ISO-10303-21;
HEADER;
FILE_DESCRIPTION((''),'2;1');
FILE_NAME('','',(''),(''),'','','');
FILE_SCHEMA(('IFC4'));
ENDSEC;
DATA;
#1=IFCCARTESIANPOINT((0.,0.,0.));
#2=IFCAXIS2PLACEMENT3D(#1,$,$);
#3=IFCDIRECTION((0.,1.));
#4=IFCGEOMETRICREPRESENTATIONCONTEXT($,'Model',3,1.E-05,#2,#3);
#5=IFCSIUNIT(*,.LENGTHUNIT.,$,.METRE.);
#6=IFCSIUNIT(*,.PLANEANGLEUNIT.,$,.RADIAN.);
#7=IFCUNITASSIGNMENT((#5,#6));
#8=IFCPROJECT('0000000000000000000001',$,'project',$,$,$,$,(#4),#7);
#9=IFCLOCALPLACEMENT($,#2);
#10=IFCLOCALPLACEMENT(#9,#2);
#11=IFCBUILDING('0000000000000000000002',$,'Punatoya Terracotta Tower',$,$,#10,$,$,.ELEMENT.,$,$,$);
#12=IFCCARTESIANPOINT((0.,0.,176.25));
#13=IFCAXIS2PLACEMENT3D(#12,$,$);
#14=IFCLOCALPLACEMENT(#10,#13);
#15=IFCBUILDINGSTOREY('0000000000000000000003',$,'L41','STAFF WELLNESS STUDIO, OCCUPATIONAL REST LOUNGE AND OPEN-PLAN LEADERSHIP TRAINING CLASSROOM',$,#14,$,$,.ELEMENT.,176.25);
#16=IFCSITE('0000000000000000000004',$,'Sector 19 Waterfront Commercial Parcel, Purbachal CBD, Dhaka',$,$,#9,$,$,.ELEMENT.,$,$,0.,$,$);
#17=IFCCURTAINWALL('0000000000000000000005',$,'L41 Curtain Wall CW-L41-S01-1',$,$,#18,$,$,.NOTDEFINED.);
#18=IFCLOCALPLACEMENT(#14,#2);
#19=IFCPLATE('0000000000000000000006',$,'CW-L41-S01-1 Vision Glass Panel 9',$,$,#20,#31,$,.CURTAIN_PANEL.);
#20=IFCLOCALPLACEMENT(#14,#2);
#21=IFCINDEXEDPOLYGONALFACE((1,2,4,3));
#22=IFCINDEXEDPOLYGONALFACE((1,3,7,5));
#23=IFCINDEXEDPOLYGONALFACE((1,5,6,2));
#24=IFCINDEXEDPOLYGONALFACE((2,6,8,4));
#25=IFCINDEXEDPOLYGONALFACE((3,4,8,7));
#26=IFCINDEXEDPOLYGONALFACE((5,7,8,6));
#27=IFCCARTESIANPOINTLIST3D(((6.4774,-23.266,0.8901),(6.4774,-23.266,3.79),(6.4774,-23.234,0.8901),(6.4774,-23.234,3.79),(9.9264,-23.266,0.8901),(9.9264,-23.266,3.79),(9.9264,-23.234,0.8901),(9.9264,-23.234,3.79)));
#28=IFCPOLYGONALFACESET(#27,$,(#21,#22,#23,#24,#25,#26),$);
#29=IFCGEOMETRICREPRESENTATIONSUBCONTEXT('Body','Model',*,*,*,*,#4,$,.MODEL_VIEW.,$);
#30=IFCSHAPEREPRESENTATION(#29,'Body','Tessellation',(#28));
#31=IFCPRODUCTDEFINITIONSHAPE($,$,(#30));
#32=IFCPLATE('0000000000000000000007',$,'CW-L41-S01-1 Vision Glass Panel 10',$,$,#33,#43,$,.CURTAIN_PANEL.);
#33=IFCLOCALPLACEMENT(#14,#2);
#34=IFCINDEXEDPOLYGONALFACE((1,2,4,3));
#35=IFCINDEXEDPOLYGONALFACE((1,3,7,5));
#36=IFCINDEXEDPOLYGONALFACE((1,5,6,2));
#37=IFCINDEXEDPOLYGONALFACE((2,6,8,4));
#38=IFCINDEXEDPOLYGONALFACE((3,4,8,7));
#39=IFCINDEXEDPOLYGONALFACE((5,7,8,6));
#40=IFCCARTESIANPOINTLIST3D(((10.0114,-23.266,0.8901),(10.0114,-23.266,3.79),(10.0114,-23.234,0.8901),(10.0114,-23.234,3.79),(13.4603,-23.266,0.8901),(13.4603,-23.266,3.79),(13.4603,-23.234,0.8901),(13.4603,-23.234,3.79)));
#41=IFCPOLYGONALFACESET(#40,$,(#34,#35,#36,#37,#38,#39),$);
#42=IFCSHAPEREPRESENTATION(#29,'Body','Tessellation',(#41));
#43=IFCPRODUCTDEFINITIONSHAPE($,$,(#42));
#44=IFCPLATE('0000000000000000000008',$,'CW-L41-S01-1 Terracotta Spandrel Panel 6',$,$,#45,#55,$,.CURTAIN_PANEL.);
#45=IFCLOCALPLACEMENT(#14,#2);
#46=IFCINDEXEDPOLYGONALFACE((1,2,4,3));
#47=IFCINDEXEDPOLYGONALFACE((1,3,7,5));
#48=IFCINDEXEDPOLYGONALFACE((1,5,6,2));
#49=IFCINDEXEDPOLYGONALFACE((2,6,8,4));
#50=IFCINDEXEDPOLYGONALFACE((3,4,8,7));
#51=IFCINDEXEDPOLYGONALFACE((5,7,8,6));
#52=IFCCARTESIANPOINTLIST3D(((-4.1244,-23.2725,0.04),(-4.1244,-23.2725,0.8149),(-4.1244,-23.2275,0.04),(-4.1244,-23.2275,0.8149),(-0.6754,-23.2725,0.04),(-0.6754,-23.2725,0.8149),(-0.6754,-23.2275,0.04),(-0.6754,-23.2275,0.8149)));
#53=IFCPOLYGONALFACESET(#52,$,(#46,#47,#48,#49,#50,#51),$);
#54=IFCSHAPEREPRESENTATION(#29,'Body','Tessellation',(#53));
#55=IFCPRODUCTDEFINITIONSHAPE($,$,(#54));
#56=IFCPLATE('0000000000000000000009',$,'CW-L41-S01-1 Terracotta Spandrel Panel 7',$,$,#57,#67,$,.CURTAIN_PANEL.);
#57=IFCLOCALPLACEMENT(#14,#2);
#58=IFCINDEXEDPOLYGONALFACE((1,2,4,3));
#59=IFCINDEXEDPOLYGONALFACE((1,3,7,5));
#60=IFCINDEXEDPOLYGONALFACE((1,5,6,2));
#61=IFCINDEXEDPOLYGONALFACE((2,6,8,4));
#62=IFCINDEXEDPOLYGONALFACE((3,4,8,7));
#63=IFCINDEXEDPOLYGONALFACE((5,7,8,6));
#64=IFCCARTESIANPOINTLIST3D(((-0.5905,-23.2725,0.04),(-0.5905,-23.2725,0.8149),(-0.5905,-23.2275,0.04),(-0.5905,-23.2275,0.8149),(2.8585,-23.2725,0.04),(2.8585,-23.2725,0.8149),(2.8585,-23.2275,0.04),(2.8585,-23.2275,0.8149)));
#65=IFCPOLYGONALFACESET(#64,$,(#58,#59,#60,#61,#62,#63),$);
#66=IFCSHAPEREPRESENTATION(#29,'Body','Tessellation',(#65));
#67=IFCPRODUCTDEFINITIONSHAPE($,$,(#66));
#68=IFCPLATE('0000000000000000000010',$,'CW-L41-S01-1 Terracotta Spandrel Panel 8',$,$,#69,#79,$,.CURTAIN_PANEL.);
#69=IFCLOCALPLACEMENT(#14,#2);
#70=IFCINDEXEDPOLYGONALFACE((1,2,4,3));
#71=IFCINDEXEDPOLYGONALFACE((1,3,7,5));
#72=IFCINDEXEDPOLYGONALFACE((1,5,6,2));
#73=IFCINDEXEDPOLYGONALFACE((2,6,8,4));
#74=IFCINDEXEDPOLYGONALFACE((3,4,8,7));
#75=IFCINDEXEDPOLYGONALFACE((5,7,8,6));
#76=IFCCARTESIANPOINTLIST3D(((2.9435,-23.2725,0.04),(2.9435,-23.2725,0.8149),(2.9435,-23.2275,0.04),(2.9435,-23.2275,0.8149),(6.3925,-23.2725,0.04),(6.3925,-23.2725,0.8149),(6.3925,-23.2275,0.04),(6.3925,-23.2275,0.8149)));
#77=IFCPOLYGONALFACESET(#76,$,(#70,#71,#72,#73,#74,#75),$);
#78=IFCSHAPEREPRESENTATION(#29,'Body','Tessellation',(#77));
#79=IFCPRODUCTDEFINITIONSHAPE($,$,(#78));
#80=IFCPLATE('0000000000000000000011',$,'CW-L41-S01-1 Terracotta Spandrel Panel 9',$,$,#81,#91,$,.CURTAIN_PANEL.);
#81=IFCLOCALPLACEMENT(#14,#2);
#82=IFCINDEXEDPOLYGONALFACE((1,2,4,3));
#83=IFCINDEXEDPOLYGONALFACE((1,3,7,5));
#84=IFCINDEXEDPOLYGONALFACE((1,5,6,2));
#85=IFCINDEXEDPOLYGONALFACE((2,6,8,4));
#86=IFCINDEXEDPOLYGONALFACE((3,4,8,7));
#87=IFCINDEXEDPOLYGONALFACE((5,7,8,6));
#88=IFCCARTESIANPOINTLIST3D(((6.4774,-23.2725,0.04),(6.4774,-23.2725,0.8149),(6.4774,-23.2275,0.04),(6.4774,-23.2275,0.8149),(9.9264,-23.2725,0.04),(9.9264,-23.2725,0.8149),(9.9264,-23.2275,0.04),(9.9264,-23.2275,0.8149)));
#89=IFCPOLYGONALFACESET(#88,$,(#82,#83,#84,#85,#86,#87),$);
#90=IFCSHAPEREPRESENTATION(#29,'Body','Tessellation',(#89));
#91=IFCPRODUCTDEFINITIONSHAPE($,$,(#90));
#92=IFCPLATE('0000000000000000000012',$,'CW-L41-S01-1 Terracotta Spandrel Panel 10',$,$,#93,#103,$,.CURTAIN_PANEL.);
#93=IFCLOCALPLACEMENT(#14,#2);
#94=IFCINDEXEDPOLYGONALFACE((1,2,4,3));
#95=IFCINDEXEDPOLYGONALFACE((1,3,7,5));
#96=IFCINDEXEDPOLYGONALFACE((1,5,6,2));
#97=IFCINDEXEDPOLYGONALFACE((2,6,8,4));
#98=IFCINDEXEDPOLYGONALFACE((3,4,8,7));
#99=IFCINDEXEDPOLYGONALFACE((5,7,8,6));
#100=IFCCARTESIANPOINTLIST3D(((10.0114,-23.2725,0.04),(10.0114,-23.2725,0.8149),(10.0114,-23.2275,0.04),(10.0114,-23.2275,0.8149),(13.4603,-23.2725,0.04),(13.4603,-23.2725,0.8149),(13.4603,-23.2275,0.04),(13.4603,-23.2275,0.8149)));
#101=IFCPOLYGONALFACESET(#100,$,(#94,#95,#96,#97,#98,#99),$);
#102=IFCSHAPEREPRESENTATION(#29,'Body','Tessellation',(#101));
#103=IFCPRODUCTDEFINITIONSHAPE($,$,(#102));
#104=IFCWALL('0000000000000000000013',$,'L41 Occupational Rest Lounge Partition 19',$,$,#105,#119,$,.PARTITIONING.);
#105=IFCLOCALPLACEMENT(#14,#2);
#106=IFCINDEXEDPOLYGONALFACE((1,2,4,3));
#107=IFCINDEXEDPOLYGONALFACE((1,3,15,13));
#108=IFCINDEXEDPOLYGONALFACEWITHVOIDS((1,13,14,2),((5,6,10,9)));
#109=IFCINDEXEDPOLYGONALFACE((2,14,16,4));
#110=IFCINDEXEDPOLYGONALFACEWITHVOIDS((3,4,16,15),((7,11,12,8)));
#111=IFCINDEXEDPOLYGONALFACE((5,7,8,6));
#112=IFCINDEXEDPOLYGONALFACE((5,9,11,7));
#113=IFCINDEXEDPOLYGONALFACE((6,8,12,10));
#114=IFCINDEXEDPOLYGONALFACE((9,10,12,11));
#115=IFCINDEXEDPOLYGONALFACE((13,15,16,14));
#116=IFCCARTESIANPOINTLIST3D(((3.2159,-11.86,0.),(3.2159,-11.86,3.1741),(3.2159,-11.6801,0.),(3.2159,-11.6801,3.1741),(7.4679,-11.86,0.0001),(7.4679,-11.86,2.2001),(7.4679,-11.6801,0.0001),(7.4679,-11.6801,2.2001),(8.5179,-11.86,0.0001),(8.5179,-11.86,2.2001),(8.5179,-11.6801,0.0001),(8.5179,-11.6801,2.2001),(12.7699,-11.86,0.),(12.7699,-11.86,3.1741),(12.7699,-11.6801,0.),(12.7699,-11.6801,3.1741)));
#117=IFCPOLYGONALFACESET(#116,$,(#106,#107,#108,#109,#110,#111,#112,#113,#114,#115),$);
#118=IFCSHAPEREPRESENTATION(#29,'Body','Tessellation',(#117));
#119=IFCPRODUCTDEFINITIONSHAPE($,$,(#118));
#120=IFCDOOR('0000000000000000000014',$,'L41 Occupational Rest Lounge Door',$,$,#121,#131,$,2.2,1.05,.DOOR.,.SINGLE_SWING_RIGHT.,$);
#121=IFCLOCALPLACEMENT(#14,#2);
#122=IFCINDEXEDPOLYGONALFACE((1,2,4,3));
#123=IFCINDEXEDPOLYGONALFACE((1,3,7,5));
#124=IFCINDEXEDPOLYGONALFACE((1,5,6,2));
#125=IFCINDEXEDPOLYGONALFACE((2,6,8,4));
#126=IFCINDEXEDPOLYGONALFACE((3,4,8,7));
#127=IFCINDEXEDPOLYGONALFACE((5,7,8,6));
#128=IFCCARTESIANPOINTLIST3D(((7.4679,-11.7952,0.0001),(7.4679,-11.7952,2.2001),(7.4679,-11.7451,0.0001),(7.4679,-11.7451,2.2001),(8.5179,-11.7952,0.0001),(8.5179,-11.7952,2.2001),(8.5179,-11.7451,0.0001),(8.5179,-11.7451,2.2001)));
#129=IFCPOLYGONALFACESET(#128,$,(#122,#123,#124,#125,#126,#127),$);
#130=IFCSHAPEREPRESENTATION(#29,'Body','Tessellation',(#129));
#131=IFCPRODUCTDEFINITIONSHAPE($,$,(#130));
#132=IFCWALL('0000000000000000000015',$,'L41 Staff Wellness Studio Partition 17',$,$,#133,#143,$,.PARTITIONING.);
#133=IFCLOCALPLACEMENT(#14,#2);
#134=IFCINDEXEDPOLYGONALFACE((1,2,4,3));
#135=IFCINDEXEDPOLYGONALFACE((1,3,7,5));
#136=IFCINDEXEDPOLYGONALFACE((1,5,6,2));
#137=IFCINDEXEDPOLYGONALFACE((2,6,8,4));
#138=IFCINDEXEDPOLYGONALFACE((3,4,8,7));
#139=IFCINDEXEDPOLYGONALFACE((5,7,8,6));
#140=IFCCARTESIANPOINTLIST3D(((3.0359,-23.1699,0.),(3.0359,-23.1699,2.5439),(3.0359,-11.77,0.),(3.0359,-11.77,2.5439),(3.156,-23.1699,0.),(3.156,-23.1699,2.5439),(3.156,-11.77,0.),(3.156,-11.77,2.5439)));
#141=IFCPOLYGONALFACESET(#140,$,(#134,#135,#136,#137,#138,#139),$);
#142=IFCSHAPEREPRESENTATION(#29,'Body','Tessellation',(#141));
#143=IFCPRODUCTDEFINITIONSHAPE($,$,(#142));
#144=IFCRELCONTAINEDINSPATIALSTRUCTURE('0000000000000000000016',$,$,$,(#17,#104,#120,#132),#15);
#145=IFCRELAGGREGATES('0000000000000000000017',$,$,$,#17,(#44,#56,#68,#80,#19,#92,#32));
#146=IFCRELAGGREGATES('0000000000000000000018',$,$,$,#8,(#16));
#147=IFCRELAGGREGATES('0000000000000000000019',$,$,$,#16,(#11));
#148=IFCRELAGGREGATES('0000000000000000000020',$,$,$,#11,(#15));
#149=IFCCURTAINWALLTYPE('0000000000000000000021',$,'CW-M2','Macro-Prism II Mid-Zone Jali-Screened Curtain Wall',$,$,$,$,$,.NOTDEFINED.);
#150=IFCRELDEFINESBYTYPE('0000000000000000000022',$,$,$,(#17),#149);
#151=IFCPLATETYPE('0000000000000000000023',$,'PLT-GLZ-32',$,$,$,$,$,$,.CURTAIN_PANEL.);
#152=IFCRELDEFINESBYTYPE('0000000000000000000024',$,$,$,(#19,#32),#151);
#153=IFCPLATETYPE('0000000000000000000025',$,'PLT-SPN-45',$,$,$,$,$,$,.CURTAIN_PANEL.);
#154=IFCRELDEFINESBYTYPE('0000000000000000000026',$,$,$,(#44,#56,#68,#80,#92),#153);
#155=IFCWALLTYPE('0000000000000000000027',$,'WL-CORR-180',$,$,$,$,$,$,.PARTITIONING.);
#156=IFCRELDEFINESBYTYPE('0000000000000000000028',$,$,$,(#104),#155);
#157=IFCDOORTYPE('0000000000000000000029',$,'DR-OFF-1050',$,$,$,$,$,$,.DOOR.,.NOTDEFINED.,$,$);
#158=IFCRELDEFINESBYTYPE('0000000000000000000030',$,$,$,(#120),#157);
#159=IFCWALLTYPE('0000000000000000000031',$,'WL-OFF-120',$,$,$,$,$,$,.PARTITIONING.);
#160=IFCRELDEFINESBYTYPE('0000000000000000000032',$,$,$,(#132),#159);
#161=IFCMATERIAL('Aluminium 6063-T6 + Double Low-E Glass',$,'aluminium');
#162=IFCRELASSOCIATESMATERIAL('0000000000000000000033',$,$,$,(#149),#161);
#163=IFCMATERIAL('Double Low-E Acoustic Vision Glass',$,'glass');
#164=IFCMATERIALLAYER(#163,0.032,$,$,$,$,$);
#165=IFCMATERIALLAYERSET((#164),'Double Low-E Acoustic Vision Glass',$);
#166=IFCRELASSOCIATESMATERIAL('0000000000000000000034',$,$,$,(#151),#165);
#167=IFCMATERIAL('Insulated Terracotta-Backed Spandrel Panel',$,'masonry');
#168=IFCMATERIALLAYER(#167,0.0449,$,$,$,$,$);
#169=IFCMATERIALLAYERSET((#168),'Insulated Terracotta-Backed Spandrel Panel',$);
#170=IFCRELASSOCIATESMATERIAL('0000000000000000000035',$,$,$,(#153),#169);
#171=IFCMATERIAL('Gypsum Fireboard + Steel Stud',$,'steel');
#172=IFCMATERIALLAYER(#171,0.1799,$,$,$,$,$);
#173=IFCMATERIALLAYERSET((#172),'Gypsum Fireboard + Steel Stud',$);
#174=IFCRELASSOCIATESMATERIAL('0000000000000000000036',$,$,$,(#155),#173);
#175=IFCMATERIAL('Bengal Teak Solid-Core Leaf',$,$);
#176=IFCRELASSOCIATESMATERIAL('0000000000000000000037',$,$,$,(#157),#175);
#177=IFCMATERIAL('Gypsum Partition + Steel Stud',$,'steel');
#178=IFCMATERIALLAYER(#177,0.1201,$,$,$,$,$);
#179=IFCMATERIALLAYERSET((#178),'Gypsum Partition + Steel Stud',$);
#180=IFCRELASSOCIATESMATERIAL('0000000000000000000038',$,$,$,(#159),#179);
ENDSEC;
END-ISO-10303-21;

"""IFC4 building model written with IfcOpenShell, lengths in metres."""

from ifc_helpers import new_model, si_unit, direction, frame, frame_2d, origin, origin_2d, place, context, subcontext, project, spatial, rectangle, extrude, material, layer, layer_set, type_object, element, fill, aggregate, save


model = new_model("IFC4")

# Units and contexts
model_context = context("Model", 3, precision=1e-05, world=origin(), true_north=direction((0.0, 1.0)))
body_context = subcontext(model_context, "Body", "Model", "MODEL_VIEW")
ifc_project = project(units=[si_unit("LENGTHUNIT", "METRE"), si_unit("PLANEANGLEUNIT", "RADIAN")], contexts=[model_context])

# Site, building, storey
site_placement = place(None, origin())
site = spatial("IfcSite", under=ifc_project, at=site_placement, Name="Sector 19 Waterfront Commercial Parcel, Purbachal CBD, Dhaka", CompositionType="ELEMENT", RefElevation=0.0)
building_placement = place(site_placement, origin())
building = spatial("IfcBuilding", under=site, at=building_placement, Name="Punatoya Terracotta Tower", CompositionType="ELEMENT")
storey_placement = place(building_placement, frame((0.0, 0.0, 176.25)))
storey = spatial("IfcBuildingStorey", under=building, at=storey_placement, Name="L41", Description="STAFF WELLNESS STUDIO, OCCUPATIONAL REST LOUNGE AND OPEN-PLAN LEADERSHIP TRAINING CLASSROOM", CompositionType="ELEMENT", Elevation=176.25)

# Curtain wall
ifc_material_1 = material(Name="Aluminium 6063-T6 + Double Low-E Glass", Category="aluminium")
curtain_wall_type = type_object("IfcCurtainWallType", Name="CW-M2", Description="Macro-Prism II Mid-Zone Jali-Screened Curtain Wall", PredefinedType="NOTDEFINED", material=ifc_material_1)
curtain_wall_placement = place(storey_placement, origin())
curtain_wall = element("IfcCurtainWall", 1, at=curtain_wall_placement, inside=storey, type_object=curtain_wall_type, Name="L41 Curtain Wall CW-L41-S01-1", PredefinedType="NOTDEFINED")

# Plates
ifc_material_2 = material(Name="Double Low-E Acoustic Vision Glass", Category="glass")
ifc_layer_1 = layer(ifc_material_2, 0.032)
ifc_layer_set_1 = layer_set([ifc_layer_1], Name="Double Low-E Acoustic Vision Glass")
plate_type_1 = type_object("IfcPlateType", Name="PLT-GLZ-32", PredefinedType="CURTAIN_PANEL", material=ifc_layer_set_1)
plate_1_placement = place(storey_placement, frame((8.2019, -23.25, 0.8901), z_axis=(0.0, 0.0, 1.0), x_axis=(1.0, 0.0, 0.0)))
plate_1 = element("IfcPlate", 2, at=plate_1_placement, type_object=plate_type_1, Name="CW-L41-S01-1 Vision Glass Panel 9", PredefinedType="CURTAIN_PANEL", context=body_context, shape_type="SweptSolid", body=[
    extrude(rectangle(XDim=3.449, YDim=0.032, at=origin_2d()), origin(), (0.0, 0.0, 1.0), 2.8999),
])
plate_2_placement = place(storey_placement, frame((11.7358, -23.25, 0.8901), z_axis=(0.0, 0.0, 1.0), x_axis=(1.0, 0.0, 0.0)))
plate_2 = element("IfcPlate", 3, at=plate_2_placement, type_object=plate_type_1, Name="CW-L41-S01-1 Vision Glass Panel 10", PredefinedType="CURTAIN_PANEL", context=body_context, shape_type="SweptSolid", body=[
    extrude(rectangle(XDim=3.449, YDim=0.032, at=origin_2d()), origin(), (0.0, 0.0, 1.0), 2.8999),
])
ifc_material_3 = material(Name="Insulated Terracotta-Backed Spandrel Panel", Category="masonry")
ifc_layer_2 = layer(ifc_material_3, 0.0449)
ifc_layer_set_2 = layer_set([ifc_layer_2], Name="Insulated Terracotta-Backed Spandrel Panel")
plate_type_2 = type_object("IfcPlateType", Name="PLT-SPN-45", PredefinedType="CURTAIN_PANEL", material=ifc_layer_set_2)
plate_3_placement = place(storey_placement, frame((-2.3999, -23.25, 0.04), z_axis=(0.0, 0.0, 1.0), x_axis=(1.0, 0.0, 0.0)))
plate_3 = element("IfcPlate", 4, at=plate_3_placement, type_object=plate_type_2, Name="CW-L41-S01-1 Terracotta Spandrel Panel 6", PredefinedType="CURTAIN_PANEL", context=body_context, shape_type="SweptSolid", body=[
    extrude(rectangle(XDim=3.449, YDim=0.0449, at=origin_2d()), origin(), (0.0, 0.0, 1.0), 0.7749),
])
plate_4_placement = place(storey_placement, frame((1.134, -23.25, 0.04), z_axis=(0.0, 0.0, 1.0), x_axis=(1.0, 0.0, 0.0)))
plate_4 = element("IfcPlate", 5, at=plate_4_placement, type_object=plate_type_2, Name="CW-L41-S01-1 Terracotta Spandrel Panel 7", PredefinedType="CURTAIN_PANEL", context=body_context, shape_type="SweptSolid", body=[
    extrude(rectangle(XDim=3.449, YDim=0.0449, at=origin_2d()), origin(), (0.0, 0.0, 1.0), 0.7749),
])
plate_5_placement = place(storey_placement, frame((4.668, -23.25, 0.04), z_axis=(0.0, 0.0, 1.0), x_axis=(1.0, 0.0, 0.0)))
plate_5 = element("IfcPlate", 6, at=plate_5_placement, type_object=plate_type_2, Name="CW-L41-S01-1 Terracotta Spandrel Panel 8", PredefinedType="CURTAIN_PANEL", context=body_context, shape_type="SweptSolid", body=[
    extrude(rectangle(XDim=3.449, YDim=0.0449, at=origin_2d()), origin(), (0.0, 0.0, 1.0), 0.7749),
])
plate_6_placement = place(storey_placement, frame((8.2019, -23.25, 0.04), z_axis=(0.0, 0.0, 1.0), x_axis=(1.0, 0.0, 0.0)))
plate_6 = element("IfcPlate", 7, at=plate_6_placement, type_object=plate_type_2, Name="CW-L41-S01-1 Terracotta Spandrel Panel 9", PredefinedType="CURTAIN_PANEL", context=body_context, shape_type="SweptSolid", body=[
    extrude(rectangle(XDim=3.449, YDim=0.0449, at=origin_2d()), origin(), (0.0, 0.0, 1.0), 0.7749),
])
plate_7_placement = place(storey_placement, frame((11.7358, -23.25, 0.04), z_axis=(0.0, 0.0, 1.0), x_axis=(1.0, 0.0, 0.0)))
plate_7 = element("IfcPlate", 8, at=plate_7_placement, type_object=plate_type_2, Name="CW-L41-S01-1 Terracotta Spandrel Panel 10", PredefinedType="CURTAIN_PANEL", context=body_context, shape_type="SweptSolid", body=[
    extrude(rectangle(XDim=3.449, YDim=0.0449, at=origin_2d()), origin(), (0.0, 0.0, 1.0), 0.7749),
])
aggregate(curtain_wall, [plate_3, plate_4, plate_5, plate_6, plate_1, plate_7, plate_2])

# Wall, opening, door
ifc_material_4 = material(Name="Gypsum Fireboard + Steel Stud", Category="steel")
ifc_layer_3 = layer(ifc_material_4, 0.1799)
ifc_layer_set_3 = layer_set([ifc_layer_3], Name="Gypsum Fireboard + Steel Stud")
wall_type_1 = type_object("IfcWallType", Name="WL-CORR-180", PredefinedType="PARTITIONING", material=ifc_layer_set_3)
wall_1_placement = place(storey_placement, frame((3.2161, -11.77, 0.0), z_axis=(0.0, 0.0, 1.0), x_axis=(1.0, 0.0, 0.0)))
wall_1 = element("IfcWall", 9, at=wall_1_placement, inside=storey, type_object=wall_type_1, Name="L41 Occupational Rest Lounge Partition 19", PredefinedType="PARTITIONING", context=body_context, shape_type="SweptSolid", body=[
    extrude(rectangle(XDim=9.554, YDim=0.1799, at=frame_2d((4.7769, 0.0))), origin(), (0.0, 0.0, 1.0), 3.1741),
])
opening_placement = place(wall_1_placement, frame((4.252, 0.0, 0.0)))
opening = element("IfcOpeningElement", 10, at=opening_placement, cuts=wall_1, PredefinedType="OPENING", context=body_context, shape_type="SweptSolid", body=[
    extrude(rectangle(XDim=1.05, YDim=2.2, at=frame_2d((0.5249, 1.1001))), frame((0.0, 0.0999, 0.0), z_axis=(0.0, -1.0, 0.0), x_axis=(1.0, 0.0, 0.0)), (0.0, 0.0, 1.0), 0.2),
])
ifc_material_5 = material(Name="Bengal Teak Solid-Core Leaf")
door_type = type_object("IfcDoorType", Name="DR-OFF-1050", OperationType="NOTDEFINED", PredefinedType="DOOR", material=ifc_material_5)
door_placement = place(opening_placement, origin())
door = element("IfcDoor", 11, at=door_placement, inside=storey, type_object=door_type, Name="L41 Occupational Rest Lounge Door", OperationType="SINGLE_SWING_RIGHT", OverallHeight=2.2, OverallWidth=1.05, PredefinedType="DOOR", context=body_context, shape_type="SweptSolid", body=[
    extrude(rectangle(XDim=1.05, YDim=2.2, at=frame_2d((0.5249, 1.1001))), frame((0.0, 0.0249, 0.0), z_axis=(0.0, -1.0, 0.0), x_axis=(1.0, 0.0, 0.0)), (0.0, 0.0, 1.0), 0.05),
])
fill(opening, door)

# Wall
ifc_material_6 = material(Name="Gypsum Partition + Steel Stud", Category="steel")
ifc_layer_4 = layer(ifc_material_6, 0.1201)
ifc_layer_set_4 = layer_set([ifc_layer_4], Name="Gypsum Partition + Steel Stud")
wall_type_2 = type_object("IfcWallType", Name="WL-OFF-120", PredefinedType="PARTITIONING", material=ifc_layer_set_4)
wall_2_placement = place(storey_placement, frame((3.0959, -11.77, 0.0), z_axis=(0.0, 0.0, 1.0), x_axis=(0.0, -1.0, 0.0)))
element("IfcWall", 12, at=wall_2_placement, inside=storey, type_object=wall_type_2, Name="L41 Staff Wellness Studio Partition 17", PredefinedType="PARTITIONING", context=body_context, shape_type="SweptSolid", body=[
    extrude(rectangle(XDim=11.3999, YDim=0.1201, at=frame_2d((5.7, 0.0))), origin(), (0.0, 0.0, 1.0), 2.5439),
])

save(model, "model.ifc")
